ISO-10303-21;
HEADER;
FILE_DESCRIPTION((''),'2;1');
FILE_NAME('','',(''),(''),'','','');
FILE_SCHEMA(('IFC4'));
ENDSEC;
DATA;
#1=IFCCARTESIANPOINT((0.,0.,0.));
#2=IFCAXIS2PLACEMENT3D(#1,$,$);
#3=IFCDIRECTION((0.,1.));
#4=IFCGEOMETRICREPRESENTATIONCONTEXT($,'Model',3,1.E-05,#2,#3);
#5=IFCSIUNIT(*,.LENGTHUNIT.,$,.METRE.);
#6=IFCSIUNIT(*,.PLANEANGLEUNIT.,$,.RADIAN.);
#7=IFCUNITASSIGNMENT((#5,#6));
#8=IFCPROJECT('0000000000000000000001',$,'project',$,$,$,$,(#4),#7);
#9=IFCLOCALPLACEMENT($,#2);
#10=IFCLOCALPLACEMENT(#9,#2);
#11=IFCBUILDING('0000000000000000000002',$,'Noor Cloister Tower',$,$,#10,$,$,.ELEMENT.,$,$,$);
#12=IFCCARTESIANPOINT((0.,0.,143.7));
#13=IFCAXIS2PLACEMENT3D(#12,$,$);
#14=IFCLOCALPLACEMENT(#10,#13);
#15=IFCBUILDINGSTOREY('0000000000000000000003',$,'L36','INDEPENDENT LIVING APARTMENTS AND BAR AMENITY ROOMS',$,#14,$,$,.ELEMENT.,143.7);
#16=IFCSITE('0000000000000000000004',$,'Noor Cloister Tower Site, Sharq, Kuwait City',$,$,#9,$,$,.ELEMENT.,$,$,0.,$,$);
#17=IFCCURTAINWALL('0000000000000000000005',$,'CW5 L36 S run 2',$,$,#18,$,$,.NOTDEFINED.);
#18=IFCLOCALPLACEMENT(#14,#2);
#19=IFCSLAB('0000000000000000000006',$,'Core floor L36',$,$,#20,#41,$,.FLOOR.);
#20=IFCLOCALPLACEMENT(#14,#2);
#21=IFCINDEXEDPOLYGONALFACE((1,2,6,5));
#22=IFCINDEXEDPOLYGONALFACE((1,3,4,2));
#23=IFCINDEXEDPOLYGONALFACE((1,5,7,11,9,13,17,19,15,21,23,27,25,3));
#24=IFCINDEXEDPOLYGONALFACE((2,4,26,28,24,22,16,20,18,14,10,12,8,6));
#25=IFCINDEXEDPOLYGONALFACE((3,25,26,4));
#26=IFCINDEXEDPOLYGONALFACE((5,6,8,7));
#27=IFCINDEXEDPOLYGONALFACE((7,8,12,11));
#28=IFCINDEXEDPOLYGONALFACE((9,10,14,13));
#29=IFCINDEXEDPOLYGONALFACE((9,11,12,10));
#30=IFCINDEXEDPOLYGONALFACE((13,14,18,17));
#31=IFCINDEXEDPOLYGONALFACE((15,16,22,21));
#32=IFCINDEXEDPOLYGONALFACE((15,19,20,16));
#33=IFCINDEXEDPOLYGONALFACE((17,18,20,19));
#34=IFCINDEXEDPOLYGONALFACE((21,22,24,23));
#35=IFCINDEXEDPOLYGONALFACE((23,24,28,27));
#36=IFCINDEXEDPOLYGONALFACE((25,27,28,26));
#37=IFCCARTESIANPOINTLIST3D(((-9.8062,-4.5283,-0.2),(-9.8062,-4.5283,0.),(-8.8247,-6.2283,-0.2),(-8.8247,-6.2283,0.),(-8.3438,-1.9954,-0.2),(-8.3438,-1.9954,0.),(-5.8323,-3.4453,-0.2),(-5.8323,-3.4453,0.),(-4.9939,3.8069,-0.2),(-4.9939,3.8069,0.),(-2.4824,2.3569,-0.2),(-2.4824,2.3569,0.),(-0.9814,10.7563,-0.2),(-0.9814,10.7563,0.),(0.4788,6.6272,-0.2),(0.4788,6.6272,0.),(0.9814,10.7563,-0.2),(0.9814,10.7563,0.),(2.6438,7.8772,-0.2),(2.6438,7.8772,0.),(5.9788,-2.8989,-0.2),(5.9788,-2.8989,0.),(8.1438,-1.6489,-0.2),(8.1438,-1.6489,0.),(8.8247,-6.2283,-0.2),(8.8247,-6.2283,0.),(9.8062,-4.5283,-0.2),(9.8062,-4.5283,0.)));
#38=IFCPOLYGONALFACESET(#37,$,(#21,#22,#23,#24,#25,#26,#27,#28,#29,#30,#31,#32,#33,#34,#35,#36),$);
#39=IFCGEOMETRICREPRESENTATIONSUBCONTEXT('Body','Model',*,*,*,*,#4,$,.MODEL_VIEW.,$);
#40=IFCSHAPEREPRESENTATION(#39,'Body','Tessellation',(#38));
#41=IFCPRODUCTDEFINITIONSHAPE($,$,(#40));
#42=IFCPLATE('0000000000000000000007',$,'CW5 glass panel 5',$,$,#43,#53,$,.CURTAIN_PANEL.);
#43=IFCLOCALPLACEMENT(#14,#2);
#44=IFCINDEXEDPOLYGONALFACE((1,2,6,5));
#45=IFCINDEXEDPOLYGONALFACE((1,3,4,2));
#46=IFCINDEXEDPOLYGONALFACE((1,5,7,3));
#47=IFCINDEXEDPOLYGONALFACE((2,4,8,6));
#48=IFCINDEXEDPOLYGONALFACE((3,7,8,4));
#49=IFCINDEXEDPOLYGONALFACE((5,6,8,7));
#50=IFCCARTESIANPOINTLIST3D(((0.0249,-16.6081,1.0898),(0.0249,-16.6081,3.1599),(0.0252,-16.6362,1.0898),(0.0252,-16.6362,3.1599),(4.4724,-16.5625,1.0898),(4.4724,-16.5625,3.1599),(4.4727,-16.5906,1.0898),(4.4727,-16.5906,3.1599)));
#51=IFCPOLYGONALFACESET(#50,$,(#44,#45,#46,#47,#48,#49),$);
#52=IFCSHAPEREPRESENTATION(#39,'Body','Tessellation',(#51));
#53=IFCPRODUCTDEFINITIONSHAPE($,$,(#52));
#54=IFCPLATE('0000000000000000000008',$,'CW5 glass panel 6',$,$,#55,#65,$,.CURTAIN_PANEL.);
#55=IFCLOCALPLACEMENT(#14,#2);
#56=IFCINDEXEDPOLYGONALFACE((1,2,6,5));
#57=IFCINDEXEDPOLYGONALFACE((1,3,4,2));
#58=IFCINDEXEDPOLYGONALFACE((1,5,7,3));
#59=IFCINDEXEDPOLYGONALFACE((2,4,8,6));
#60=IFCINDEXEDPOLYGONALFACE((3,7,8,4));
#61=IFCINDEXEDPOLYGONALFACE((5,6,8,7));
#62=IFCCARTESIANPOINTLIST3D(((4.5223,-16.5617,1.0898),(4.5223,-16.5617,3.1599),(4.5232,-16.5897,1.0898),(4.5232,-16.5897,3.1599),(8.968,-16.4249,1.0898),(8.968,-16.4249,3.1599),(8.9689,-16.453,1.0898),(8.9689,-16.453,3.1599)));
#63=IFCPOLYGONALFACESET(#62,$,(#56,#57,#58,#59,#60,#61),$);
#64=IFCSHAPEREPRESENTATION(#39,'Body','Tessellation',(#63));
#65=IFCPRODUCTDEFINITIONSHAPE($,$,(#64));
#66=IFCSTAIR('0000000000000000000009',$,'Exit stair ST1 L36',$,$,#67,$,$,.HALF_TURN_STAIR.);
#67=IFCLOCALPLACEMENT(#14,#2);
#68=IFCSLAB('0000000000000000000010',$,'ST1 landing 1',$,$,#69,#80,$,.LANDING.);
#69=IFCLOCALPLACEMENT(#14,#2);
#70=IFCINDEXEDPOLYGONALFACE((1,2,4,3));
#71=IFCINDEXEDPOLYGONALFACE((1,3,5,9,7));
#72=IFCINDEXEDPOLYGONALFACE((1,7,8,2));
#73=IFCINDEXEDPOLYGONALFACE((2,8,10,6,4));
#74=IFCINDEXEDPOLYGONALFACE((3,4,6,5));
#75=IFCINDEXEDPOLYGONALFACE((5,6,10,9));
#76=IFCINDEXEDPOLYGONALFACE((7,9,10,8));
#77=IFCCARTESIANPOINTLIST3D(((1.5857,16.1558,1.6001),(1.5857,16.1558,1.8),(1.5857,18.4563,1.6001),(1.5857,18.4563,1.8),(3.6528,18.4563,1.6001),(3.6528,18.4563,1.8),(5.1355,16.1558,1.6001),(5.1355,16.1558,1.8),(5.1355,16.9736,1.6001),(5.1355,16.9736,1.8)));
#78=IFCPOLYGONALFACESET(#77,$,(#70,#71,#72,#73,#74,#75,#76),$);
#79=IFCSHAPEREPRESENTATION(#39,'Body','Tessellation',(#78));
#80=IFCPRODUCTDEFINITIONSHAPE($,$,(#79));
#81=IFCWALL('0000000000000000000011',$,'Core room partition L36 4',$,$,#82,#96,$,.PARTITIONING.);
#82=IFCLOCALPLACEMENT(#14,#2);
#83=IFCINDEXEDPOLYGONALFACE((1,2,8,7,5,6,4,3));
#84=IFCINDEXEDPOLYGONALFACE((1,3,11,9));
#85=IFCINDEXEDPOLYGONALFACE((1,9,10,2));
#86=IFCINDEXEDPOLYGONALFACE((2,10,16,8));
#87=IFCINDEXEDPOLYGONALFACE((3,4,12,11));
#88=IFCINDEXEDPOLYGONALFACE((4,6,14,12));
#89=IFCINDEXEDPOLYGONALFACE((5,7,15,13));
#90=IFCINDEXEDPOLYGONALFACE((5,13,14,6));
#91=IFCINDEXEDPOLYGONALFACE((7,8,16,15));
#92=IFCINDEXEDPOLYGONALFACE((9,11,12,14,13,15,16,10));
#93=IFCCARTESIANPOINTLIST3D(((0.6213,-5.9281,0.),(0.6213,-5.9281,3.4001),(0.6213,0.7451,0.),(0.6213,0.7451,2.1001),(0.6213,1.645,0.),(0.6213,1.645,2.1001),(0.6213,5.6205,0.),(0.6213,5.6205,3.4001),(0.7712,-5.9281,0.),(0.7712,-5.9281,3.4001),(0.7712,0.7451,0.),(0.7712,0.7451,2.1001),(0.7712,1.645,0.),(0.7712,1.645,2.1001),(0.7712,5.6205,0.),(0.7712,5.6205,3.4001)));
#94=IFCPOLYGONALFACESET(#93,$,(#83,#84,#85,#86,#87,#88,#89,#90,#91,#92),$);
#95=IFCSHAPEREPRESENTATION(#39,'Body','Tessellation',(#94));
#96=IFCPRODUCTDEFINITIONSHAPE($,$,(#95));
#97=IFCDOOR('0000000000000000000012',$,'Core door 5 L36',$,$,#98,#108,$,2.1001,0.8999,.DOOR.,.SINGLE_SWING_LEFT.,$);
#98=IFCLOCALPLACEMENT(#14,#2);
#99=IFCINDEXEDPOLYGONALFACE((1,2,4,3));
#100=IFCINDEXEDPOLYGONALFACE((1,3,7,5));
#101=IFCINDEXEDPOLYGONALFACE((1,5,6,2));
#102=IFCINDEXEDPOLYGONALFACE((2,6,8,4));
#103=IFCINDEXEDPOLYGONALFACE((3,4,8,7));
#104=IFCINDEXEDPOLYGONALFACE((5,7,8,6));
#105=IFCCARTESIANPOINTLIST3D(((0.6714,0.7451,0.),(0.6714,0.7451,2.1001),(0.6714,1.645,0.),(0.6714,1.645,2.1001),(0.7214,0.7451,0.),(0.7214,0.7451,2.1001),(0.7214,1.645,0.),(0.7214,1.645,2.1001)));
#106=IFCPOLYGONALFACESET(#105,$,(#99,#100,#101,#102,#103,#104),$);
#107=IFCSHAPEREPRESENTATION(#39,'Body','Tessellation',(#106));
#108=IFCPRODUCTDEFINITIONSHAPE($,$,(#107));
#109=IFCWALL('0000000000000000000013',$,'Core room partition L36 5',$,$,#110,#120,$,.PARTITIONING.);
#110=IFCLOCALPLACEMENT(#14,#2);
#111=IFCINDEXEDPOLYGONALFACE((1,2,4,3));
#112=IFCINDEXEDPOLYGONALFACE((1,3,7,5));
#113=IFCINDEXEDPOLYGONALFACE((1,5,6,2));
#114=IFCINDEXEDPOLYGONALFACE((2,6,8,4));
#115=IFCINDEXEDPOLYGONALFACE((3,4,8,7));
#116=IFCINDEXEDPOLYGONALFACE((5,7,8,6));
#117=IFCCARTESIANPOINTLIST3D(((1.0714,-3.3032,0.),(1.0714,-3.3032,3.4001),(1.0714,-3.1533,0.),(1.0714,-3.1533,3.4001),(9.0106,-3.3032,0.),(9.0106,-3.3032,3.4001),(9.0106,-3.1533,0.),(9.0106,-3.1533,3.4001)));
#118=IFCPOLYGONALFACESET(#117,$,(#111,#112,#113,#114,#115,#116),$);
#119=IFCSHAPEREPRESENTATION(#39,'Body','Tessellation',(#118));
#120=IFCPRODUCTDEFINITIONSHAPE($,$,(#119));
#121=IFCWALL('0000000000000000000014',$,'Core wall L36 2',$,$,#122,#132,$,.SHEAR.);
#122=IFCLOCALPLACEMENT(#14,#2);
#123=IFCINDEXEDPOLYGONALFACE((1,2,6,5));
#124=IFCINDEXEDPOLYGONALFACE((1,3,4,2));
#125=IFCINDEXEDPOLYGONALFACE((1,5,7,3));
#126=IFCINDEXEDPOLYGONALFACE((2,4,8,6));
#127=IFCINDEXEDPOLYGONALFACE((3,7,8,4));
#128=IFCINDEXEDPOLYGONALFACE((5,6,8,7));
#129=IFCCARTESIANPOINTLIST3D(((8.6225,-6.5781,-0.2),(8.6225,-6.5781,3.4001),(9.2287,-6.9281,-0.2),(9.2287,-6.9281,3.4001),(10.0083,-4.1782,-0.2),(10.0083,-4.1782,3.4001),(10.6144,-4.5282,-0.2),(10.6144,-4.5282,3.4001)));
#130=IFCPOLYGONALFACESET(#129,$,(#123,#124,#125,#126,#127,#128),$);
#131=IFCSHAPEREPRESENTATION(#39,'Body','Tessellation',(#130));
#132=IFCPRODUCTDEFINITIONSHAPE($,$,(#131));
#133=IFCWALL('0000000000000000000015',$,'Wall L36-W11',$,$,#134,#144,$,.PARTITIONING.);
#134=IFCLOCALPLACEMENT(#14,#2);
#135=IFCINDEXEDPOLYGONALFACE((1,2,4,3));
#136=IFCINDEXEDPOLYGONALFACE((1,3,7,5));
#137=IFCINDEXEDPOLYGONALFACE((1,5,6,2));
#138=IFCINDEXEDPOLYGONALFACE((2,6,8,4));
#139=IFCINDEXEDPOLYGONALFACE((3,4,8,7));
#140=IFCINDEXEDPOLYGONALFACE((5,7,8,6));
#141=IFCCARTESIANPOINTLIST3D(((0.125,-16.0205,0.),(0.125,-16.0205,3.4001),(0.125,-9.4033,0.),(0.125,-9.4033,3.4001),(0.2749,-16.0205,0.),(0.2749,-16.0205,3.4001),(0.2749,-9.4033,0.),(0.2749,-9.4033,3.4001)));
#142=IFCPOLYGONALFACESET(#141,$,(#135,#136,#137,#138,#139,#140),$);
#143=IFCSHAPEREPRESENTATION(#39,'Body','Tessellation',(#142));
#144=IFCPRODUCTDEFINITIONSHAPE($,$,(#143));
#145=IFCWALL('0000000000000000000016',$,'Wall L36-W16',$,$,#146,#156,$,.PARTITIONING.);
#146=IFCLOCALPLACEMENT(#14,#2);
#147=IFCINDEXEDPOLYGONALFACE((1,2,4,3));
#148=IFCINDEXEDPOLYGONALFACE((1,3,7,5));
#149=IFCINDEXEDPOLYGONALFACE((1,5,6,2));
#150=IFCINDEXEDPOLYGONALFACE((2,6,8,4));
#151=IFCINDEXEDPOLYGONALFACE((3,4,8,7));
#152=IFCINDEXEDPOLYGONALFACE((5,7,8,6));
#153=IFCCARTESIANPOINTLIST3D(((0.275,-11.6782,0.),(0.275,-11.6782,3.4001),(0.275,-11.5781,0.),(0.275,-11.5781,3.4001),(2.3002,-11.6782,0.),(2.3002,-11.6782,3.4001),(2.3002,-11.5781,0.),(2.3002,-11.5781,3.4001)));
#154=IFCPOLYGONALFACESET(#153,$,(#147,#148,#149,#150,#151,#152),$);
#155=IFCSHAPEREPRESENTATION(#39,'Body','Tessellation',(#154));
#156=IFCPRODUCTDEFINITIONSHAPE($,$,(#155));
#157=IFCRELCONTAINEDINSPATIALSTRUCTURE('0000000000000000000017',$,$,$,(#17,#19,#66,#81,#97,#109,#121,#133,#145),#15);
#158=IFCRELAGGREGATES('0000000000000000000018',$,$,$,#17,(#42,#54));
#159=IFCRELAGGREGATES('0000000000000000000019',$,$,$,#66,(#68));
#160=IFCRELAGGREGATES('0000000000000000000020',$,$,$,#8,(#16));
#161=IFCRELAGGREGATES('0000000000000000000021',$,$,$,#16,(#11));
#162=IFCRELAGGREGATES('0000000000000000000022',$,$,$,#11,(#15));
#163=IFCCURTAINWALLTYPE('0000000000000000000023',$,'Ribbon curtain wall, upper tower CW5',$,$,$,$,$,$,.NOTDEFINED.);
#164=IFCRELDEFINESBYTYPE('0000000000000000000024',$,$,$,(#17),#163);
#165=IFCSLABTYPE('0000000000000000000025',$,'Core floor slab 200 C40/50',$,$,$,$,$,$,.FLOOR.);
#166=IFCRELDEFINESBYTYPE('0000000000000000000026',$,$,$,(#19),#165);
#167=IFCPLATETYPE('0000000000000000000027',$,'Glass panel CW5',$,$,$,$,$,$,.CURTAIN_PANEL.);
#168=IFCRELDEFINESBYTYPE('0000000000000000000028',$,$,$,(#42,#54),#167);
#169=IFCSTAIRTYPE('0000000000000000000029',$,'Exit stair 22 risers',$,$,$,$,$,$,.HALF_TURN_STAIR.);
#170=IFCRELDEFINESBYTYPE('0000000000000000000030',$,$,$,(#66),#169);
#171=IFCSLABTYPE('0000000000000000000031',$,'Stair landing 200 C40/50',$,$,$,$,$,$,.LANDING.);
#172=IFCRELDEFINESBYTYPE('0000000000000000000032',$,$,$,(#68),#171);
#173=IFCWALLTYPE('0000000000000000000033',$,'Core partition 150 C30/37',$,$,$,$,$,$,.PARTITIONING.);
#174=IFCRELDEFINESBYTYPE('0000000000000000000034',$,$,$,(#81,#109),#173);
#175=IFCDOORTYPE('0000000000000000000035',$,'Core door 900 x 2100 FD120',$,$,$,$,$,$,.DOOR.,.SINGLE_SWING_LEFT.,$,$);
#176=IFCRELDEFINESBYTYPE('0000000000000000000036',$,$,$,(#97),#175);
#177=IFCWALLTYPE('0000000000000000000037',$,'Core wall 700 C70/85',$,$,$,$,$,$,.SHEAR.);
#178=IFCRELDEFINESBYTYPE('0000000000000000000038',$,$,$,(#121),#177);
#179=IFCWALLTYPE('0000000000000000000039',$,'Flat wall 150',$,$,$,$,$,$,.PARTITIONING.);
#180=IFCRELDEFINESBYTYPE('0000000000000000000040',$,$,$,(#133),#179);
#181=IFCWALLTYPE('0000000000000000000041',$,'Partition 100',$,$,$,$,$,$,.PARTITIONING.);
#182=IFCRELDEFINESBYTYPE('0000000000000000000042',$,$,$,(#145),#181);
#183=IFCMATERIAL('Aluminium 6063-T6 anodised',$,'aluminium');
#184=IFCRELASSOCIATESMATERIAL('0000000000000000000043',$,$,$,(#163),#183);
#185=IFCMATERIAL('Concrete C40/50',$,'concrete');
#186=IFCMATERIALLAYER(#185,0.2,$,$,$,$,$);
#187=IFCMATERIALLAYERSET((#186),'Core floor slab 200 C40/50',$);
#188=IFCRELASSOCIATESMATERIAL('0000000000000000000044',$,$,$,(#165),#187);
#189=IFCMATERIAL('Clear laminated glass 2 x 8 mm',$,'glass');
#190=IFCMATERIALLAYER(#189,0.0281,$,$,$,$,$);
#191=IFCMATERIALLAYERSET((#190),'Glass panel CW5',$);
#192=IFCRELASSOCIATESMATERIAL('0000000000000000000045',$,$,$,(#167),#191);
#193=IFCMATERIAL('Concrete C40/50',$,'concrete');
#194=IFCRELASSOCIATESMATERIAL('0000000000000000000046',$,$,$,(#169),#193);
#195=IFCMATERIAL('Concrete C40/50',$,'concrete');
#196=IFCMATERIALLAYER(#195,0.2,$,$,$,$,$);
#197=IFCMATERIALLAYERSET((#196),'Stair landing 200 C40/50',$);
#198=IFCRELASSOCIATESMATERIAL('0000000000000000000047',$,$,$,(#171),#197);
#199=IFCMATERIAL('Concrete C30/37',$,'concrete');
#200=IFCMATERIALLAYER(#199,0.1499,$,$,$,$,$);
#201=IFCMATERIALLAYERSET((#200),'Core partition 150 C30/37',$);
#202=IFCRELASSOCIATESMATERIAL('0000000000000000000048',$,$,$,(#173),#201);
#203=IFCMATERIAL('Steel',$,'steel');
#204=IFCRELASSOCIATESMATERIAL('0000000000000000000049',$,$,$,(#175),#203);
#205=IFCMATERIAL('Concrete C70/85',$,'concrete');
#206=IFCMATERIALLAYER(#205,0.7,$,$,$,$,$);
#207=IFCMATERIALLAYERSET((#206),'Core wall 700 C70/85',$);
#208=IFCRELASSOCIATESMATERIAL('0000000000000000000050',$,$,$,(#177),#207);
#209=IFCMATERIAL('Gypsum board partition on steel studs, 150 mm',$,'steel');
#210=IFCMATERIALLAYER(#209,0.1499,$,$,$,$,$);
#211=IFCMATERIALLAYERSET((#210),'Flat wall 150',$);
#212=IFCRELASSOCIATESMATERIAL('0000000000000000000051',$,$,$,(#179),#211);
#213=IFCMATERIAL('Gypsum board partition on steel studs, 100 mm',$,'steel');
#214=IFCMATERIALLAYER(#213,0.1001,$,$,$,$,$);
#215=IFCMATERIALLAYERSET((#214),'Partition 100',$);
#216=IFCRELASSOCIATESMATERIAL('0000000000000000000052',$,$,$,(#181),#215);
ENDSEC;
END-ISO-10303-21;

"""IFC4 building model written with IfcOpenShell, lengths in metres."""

from ifc_helpers import new_model, si_unit, direction, frame, frame_2d, origin, origin_2d, place, context, subcontext, project, spatial, polyline, rectangle, outline, extrude, material, layer, layer_set, type_object, element, fill, aggregate, save


model = new_model("IFC4")

# Units and contexts
model_context = context("Model", 3, precision=1e-05, world=origin(), true_north=direction((0.0, 1.0)))
body_context = subcontext(model_context, "Body", "Model", "MODEL_VIEW")
ifc_project = project(units=[si_unit("LENGTHUNIT", "METRE"), si_unit("PLANEANGLEUNIT", "RADIAN")], contexts=[model_context])

# Site, building, storey
site_placement = place(None, origin())
site = spatial("IfcSite", under=ifc_project, at=site_placement, Name="Noor Cloister Tower Site, Sharq, Kuwait City", CompositionType="ELEMENT", RefElevation=0.0)
building_placement = place(site_placement, origin())
building = spatial("IfcBuilding", under=site, at=building_placement, Name="Noor Cloister Tower", CompositionType="ELEMENT")
storey_placement = place(building_placement, frame((0.0, 0.0, 143.7)))
storey = spatial("IfcBuildingStorey", under=building, at=storey_placement, Name="L36", Description="INDEPENDENT LIVING APARTMENTS AND BAR AMENITY ROOMS", CompositionType="ELEMENT", Elevation=143.7)

# Curtain wall
ifc_material_1 = material(Name="Aluminium 6063-T6 anodised", Category="aluminium")
curtain_wall_type = type_object("IfcCurtainWallType", Name="Ribbon curtain wall, upper tower CW5", PredefinedType="NOTDEFINED", material=ifc_material_1)
curtain_wall_placement = place(storey_placement, origin())
curtain_wall = element("IfcCurtainWall", 1, at=curtain_wall_placement, inside=storey, type_object=curtain_wall_type, Name="CW5 L36 S run 2", PredefinedType="NOTDEFINED")

# Slab
ifc_material_2 = material(Name="Concrete C40/50", Category="concrete")
ifc_layer_1 = layer(ifc_material_2, 0.2)
ifc_layer_set_1 = layer_set([ifc_layer_1], Name="Core floor slab 200 C40/50")
slab_type_1 = type_object("IfcSlabType", Name="Core floor slab 200 C40/50", PredefinedType="FLOOR", material=ifc_layer_set_1)
slab_1_placement = place(storey_placement, frame((0.0, 0.0, -0.2)))
element("IfcSlab", 2, at=slab_1_placement, inside=storey, type_object=slab_type_1, Name="Core floor L36", PredefinedType="FLOOR", context=body_context, shape_type="SweptSolid", body=[
    extrude(outline(polyline([(2.6438, 7.8772), (0.9814, 10.7563), (-0.9814, 10.7563), (-4.9939, 3.8069), (-2.4824, 2.3569), (-5.8323, -3.4453), (-8.3438, -1.9954), (-9.8062, -4.5283), (-8.8247, -6.2283), (8.8247, -6.2283), (9.8062, -4.5283), (8.1438, -1.6489), (5.9788, -2.8989), (0.4788, 6.6272), (2.6438, 7.8772)])), origin(), (0.0, 0.0, 1.0), 0.2),
])

# Plates
ifc_material_3 = material(Name="Clear laminated glass 2 x 8 mm", Category="glass")
ifc_layer_2 = layer(ifc_material_3, 0.0281)
ifc_layer_set_2 = layer_set([ifc_layer_2], Name="Glass panel CW5")
plate_type = type_object("IfcPlateType", Name="Glass panel CW5", PredefinedType="CURTAIN_PANEL", material=ifc_layer_set_2)
plate_1_placement = place(storey_placement, frame((2.2488, -16.5994, 1.0898), z_axis=(0.0, 0.0, 1.0), x_axis=(0.999947, 0.010252, 0.0)))
plate_1 = element("IfcPlate", 3, at=plate_1_placement, type_object=plate_type, Name="CW5 glass panel 5", PredefinedType="CURTAIN_PANEL", context=body_context, shape_type="SweptSolid", body=[
    extrude(rectangle(XDim=4.4478, YDim=0.0281, at=origin_2d()), origin(), (0.0, 0.0, 1.0), 2.0701),
])
plate_2_placement = place(storey_placement, frame((6.7456, -16.5073, 1.0898), z_axis=(0.0, 0.0, 1.0), x_axis=(0.999527, 0.03075, 0.0)))
plate_2 = element("IfcPlate", 4, at=plate_2_placement, type_object=plate_type, Name="CW5 glass panel 6", PredefinedType="CURTAIN_PANEL", context=body_context, shape_type="SweptSolid", body=[
    extrude(rectangle(XDim=4.4478, YDim=0.0281, at=origin_2d()), origin(), (0.0, 0.0, 1.0), 2.0701),
])
aggregate(curtain_wall, [plate_1, plate_2])

# Stair, slab
ifc_material_4 = material(Name="Concrete C40/50", Category="concrete")
stair_type = type_object("IfcStairType", Name="Exit stair 22 risers", PredefinedType="HALF_TURN_STAIR", material=ifc_material_4)
stair_placement = place(storey_placement, origin())
stair = element("IfcStair", 5, at=stair_placement, inside=storey, type_object=stair_type, Name="Exit stair ST1 L36", PredefinedType="HALF_TURN_STAIR")
ifc_material_5 = material(Name="Concrete C40/50", Category="concrete")
ifc_layer_3 = layer(ifc_material_5, 0.2)
ifc_layer_set_3 = layer_set([ifc_layer_3], Name="Stair landing 200 C40/50")
slab_type_2 = type_object("IfcSlabType", Name="Stair landing 200 C40/50", PredefinedType="LANDING", material=ifc_layer_set_3)
slab_2_placement = place(storey_placement, frame((0.0, 0.0, 1.6001)))
slab_2 = element("IfcSlab", 6, at=slab_2_placement, type_object=slab_type_2, Name="ST1 landing 1", PredefinedType="LANDING", context=body_context, shape_type="SweptSolid", body=[
    extrude(outline(polyline([(5.1355, 16.1558), (5.1355, 16.9736), (3.6528, 18.4563), (1.5857, 18.4563), (1.5857, 16.1558), (5.1355, 16.1558)])), origin(), (0.0, 0.0, 1.0), 0.2),
])
aggregate(stair, [slab_2])

# Wall, opening, door
ifc_material_6 = material(Name="Concrete C30/37", Category="concrete")
ifc_layer_4 = layer(ifc_material_6, 0.1499)
ifc_layer_set_4 = layer_set([ifc_layer_4], Name="Core partition 150 C30/37")
wall_type_1 = type_object("IfcWallType", Name="Core partition 150 C30/37", PredefinedType="PARTITIONING", material=ifc_layer_set_4)
wall_1_placement = place(storey_placement, frame((0.6963, -5.9282, 0.0), z_axis=(0.0, 0.0, 1.0), x_axis=(0.0, 1.0, 0.0)))
wall_1 = element("IfcWall", 7, at=wall_1_placement, inside=storey, type_object=wall_type_1, Name="Core room partition L36 4", PredefinedType="PARTITIONING", context=body_context, shape_type="SweptSolid", body=[
    extrude(rectangle(XDim=11.5486, YDim=0.1499, at=frame_2d((5.7744, 0.0))), origin(), (0.0, 0.0, 1.0), 3.4001),
])
opening_1_placement = place(wall_1_placement, frame((6.6733, 0.0, 0.0)))
opening_1 = element("IfcOpeningElement", 8, at=opening_1_placement, cuts=wall_1, PredefinedType="OPENING", context=body_context, shape_type="SweptSolid", body=[
    extrude(rectangle(XDim=0.8999, YDim=2.1001, at=frame_2d((0.45, 1.05))), frame((0.0, 0.085, 0.0), z_axis=(0.0, -1.0, 0.0), x_axis=(1.0, 0.0, 0.0)), (0.0, 0.0, 1.0), 0.1699),
])
ifc_material_7 = material(Name="Steel", Category="steel")
door_type_1 = type_object("IfcDoorType", Name="Core door 900 x 2100 FD120", OperationType="SINGLE_SWING_LEFT", PredefinedType="DOOR", material=ifc_material_7)
door_1_placement = place(opening_1_placement, origin())
door_1 = element("IfcDoor", 9, at=door_1_placement, inside=storey, type_object=door_type_1, Name="Core door 5 L36", OperationType="SINGLE_SWING_LEFT", OverallHeight=2.1001, OverallWidth=0.8999, PredefinedType="DOOR", context=body_context, shape_type="SweptSolid", body=[
    extrude(rectangle(XDim=0.8999, YDim=2.1001, at=frame_2d((0.45, 1.05))), frame((0.0, 0.0249, 0.0), z_axis=(0.0, -1.0, 0.0), x_axis=(1.0, 0.0, 0.0)), (0.0, 0.0, 1.0), 0.05),
])
fill(opening_1, door_1)

# Walls
wall_2_placement = place(storey_placement, frame((1.0713, -3.2283, 0.0), z_axis=(0.0, 0.0, 1.0), x_axis=(1.0, 0.0, 0.0)))
element("IfcWall", 10, at=wall_2_placement, inside=storey, type_object=wall_type_1, Name="Core room partition L36 5", PredefinedType="PARTITIONING", context=body_context, shape_type="SweptSolid", body=[
    extrude(rectangle(XDim=7.9392, YDim=0.1499, at=frame_2d((3.9697, 0.0))), origin(), (0.0, 0.0, 1.0), 3.4001),
])
ifc_material_8 = material(Name="Concrete C70/85", Category="concrete")
ifc_layer_5 = layer(ifc_material_8, 0.7)
ifc_layer_set_5 = layer_set([ifc_layer_5], Name="Core wall 700 C70/85")
wall_type_2 = type_object("IfcWallType", Name="Core wall 700 C70/85", PredefinedType="SHEAR", material=ifc_layer_set_5)
wall_3_placement = place(storey_placement, frame((8.9255, -6.7532, -0.2), z_axis=(0.0, 0.0, 1.0), x_axis=(0.500043, 0.866001, 0.0)))
element("IfcWall", 11, at=wall_3_placement, inside=storey, type_object=wall_type_2, Name="Core wall L36 2", PredefinedType="SHEAR", context=body_context, shape_type="SweptSolid", body=[
    extrude(rectangle(XDim=2.7712, YDim=0.7, at=frame_2d((1.3857, 0.0))), origin(), (0.0, 0.0, 1.0), 3.6001),
])
ifc_material_9 = material(Name="Gypsum board partition on steel studs, 150 mm", Category="steel")
ifc_layer_6 = layer(ifc_material_9, 0.1499)
ifc_layer_set_6 = layer_set([ifc_layer_6], Name="Flat wall 150")
wall_type_3 = type_object("IfcWallType", Name="Flat wall 150", PredefinedType="PARTITIONING", material=ifc_layer_set_6)
wall_4_placement = place(storey_placement, frame((0.2, -16.0205, 0.0), z_axis=(0.0, 0.0, 1.0), x_axis=(0.0, 1.0, 0.0)))
element("IfcWall", 12, at=wall_4_placement, inside=storey, type_object=wall_type_3, Name="Wall L36-W11", PredefinedType="PARTITIONING", context=body_context, shape_type="SweptSolid", body=[
    extrude(rectangle(XDim=6.6172, YDim=0.1499, at=frame_2d((3.3086, 0.0))), origin(), (0.0, 0.0, 1.0), 3.4001),
])
ifc_material_10 = material(Name="Gypsum board partition on steel studs, 100 mm", Category="steel")
ifc_layer_7 = layer(ifc_material_10, 0.1001)
ifc_layer_set_7 = layer_set([ifc_layer_7], Name="Partition 100")
wall_type_4 = type_object("IfcWallType", Name="Partition 100", PredefinedType="PARTITIONING", material=ifc_layer_set_7)
wall_5_placement = place(storey_placement, frame((0.2749, -11.6282, 0.0), z_axis=(0.0, 0.0, 1.0), x_axis=(1.0, 0.0, 0.0)))
element("IfcWall", 13, at=wall_5_placement, inside=storey, type_object=wall_type_4, Name="Wall L36-W16", PredefinedType="PARTITIONING", context=body_context, shape_type="SweptSolid", body=[
    extrude(rectangle(XDim=2.0251, YDim=0.1001, at=frame_2d((1.0127, 0.0))), origin(), (0.0, 0.0, 1.0), 3.4001),
])

save(model, "model.ifc")
